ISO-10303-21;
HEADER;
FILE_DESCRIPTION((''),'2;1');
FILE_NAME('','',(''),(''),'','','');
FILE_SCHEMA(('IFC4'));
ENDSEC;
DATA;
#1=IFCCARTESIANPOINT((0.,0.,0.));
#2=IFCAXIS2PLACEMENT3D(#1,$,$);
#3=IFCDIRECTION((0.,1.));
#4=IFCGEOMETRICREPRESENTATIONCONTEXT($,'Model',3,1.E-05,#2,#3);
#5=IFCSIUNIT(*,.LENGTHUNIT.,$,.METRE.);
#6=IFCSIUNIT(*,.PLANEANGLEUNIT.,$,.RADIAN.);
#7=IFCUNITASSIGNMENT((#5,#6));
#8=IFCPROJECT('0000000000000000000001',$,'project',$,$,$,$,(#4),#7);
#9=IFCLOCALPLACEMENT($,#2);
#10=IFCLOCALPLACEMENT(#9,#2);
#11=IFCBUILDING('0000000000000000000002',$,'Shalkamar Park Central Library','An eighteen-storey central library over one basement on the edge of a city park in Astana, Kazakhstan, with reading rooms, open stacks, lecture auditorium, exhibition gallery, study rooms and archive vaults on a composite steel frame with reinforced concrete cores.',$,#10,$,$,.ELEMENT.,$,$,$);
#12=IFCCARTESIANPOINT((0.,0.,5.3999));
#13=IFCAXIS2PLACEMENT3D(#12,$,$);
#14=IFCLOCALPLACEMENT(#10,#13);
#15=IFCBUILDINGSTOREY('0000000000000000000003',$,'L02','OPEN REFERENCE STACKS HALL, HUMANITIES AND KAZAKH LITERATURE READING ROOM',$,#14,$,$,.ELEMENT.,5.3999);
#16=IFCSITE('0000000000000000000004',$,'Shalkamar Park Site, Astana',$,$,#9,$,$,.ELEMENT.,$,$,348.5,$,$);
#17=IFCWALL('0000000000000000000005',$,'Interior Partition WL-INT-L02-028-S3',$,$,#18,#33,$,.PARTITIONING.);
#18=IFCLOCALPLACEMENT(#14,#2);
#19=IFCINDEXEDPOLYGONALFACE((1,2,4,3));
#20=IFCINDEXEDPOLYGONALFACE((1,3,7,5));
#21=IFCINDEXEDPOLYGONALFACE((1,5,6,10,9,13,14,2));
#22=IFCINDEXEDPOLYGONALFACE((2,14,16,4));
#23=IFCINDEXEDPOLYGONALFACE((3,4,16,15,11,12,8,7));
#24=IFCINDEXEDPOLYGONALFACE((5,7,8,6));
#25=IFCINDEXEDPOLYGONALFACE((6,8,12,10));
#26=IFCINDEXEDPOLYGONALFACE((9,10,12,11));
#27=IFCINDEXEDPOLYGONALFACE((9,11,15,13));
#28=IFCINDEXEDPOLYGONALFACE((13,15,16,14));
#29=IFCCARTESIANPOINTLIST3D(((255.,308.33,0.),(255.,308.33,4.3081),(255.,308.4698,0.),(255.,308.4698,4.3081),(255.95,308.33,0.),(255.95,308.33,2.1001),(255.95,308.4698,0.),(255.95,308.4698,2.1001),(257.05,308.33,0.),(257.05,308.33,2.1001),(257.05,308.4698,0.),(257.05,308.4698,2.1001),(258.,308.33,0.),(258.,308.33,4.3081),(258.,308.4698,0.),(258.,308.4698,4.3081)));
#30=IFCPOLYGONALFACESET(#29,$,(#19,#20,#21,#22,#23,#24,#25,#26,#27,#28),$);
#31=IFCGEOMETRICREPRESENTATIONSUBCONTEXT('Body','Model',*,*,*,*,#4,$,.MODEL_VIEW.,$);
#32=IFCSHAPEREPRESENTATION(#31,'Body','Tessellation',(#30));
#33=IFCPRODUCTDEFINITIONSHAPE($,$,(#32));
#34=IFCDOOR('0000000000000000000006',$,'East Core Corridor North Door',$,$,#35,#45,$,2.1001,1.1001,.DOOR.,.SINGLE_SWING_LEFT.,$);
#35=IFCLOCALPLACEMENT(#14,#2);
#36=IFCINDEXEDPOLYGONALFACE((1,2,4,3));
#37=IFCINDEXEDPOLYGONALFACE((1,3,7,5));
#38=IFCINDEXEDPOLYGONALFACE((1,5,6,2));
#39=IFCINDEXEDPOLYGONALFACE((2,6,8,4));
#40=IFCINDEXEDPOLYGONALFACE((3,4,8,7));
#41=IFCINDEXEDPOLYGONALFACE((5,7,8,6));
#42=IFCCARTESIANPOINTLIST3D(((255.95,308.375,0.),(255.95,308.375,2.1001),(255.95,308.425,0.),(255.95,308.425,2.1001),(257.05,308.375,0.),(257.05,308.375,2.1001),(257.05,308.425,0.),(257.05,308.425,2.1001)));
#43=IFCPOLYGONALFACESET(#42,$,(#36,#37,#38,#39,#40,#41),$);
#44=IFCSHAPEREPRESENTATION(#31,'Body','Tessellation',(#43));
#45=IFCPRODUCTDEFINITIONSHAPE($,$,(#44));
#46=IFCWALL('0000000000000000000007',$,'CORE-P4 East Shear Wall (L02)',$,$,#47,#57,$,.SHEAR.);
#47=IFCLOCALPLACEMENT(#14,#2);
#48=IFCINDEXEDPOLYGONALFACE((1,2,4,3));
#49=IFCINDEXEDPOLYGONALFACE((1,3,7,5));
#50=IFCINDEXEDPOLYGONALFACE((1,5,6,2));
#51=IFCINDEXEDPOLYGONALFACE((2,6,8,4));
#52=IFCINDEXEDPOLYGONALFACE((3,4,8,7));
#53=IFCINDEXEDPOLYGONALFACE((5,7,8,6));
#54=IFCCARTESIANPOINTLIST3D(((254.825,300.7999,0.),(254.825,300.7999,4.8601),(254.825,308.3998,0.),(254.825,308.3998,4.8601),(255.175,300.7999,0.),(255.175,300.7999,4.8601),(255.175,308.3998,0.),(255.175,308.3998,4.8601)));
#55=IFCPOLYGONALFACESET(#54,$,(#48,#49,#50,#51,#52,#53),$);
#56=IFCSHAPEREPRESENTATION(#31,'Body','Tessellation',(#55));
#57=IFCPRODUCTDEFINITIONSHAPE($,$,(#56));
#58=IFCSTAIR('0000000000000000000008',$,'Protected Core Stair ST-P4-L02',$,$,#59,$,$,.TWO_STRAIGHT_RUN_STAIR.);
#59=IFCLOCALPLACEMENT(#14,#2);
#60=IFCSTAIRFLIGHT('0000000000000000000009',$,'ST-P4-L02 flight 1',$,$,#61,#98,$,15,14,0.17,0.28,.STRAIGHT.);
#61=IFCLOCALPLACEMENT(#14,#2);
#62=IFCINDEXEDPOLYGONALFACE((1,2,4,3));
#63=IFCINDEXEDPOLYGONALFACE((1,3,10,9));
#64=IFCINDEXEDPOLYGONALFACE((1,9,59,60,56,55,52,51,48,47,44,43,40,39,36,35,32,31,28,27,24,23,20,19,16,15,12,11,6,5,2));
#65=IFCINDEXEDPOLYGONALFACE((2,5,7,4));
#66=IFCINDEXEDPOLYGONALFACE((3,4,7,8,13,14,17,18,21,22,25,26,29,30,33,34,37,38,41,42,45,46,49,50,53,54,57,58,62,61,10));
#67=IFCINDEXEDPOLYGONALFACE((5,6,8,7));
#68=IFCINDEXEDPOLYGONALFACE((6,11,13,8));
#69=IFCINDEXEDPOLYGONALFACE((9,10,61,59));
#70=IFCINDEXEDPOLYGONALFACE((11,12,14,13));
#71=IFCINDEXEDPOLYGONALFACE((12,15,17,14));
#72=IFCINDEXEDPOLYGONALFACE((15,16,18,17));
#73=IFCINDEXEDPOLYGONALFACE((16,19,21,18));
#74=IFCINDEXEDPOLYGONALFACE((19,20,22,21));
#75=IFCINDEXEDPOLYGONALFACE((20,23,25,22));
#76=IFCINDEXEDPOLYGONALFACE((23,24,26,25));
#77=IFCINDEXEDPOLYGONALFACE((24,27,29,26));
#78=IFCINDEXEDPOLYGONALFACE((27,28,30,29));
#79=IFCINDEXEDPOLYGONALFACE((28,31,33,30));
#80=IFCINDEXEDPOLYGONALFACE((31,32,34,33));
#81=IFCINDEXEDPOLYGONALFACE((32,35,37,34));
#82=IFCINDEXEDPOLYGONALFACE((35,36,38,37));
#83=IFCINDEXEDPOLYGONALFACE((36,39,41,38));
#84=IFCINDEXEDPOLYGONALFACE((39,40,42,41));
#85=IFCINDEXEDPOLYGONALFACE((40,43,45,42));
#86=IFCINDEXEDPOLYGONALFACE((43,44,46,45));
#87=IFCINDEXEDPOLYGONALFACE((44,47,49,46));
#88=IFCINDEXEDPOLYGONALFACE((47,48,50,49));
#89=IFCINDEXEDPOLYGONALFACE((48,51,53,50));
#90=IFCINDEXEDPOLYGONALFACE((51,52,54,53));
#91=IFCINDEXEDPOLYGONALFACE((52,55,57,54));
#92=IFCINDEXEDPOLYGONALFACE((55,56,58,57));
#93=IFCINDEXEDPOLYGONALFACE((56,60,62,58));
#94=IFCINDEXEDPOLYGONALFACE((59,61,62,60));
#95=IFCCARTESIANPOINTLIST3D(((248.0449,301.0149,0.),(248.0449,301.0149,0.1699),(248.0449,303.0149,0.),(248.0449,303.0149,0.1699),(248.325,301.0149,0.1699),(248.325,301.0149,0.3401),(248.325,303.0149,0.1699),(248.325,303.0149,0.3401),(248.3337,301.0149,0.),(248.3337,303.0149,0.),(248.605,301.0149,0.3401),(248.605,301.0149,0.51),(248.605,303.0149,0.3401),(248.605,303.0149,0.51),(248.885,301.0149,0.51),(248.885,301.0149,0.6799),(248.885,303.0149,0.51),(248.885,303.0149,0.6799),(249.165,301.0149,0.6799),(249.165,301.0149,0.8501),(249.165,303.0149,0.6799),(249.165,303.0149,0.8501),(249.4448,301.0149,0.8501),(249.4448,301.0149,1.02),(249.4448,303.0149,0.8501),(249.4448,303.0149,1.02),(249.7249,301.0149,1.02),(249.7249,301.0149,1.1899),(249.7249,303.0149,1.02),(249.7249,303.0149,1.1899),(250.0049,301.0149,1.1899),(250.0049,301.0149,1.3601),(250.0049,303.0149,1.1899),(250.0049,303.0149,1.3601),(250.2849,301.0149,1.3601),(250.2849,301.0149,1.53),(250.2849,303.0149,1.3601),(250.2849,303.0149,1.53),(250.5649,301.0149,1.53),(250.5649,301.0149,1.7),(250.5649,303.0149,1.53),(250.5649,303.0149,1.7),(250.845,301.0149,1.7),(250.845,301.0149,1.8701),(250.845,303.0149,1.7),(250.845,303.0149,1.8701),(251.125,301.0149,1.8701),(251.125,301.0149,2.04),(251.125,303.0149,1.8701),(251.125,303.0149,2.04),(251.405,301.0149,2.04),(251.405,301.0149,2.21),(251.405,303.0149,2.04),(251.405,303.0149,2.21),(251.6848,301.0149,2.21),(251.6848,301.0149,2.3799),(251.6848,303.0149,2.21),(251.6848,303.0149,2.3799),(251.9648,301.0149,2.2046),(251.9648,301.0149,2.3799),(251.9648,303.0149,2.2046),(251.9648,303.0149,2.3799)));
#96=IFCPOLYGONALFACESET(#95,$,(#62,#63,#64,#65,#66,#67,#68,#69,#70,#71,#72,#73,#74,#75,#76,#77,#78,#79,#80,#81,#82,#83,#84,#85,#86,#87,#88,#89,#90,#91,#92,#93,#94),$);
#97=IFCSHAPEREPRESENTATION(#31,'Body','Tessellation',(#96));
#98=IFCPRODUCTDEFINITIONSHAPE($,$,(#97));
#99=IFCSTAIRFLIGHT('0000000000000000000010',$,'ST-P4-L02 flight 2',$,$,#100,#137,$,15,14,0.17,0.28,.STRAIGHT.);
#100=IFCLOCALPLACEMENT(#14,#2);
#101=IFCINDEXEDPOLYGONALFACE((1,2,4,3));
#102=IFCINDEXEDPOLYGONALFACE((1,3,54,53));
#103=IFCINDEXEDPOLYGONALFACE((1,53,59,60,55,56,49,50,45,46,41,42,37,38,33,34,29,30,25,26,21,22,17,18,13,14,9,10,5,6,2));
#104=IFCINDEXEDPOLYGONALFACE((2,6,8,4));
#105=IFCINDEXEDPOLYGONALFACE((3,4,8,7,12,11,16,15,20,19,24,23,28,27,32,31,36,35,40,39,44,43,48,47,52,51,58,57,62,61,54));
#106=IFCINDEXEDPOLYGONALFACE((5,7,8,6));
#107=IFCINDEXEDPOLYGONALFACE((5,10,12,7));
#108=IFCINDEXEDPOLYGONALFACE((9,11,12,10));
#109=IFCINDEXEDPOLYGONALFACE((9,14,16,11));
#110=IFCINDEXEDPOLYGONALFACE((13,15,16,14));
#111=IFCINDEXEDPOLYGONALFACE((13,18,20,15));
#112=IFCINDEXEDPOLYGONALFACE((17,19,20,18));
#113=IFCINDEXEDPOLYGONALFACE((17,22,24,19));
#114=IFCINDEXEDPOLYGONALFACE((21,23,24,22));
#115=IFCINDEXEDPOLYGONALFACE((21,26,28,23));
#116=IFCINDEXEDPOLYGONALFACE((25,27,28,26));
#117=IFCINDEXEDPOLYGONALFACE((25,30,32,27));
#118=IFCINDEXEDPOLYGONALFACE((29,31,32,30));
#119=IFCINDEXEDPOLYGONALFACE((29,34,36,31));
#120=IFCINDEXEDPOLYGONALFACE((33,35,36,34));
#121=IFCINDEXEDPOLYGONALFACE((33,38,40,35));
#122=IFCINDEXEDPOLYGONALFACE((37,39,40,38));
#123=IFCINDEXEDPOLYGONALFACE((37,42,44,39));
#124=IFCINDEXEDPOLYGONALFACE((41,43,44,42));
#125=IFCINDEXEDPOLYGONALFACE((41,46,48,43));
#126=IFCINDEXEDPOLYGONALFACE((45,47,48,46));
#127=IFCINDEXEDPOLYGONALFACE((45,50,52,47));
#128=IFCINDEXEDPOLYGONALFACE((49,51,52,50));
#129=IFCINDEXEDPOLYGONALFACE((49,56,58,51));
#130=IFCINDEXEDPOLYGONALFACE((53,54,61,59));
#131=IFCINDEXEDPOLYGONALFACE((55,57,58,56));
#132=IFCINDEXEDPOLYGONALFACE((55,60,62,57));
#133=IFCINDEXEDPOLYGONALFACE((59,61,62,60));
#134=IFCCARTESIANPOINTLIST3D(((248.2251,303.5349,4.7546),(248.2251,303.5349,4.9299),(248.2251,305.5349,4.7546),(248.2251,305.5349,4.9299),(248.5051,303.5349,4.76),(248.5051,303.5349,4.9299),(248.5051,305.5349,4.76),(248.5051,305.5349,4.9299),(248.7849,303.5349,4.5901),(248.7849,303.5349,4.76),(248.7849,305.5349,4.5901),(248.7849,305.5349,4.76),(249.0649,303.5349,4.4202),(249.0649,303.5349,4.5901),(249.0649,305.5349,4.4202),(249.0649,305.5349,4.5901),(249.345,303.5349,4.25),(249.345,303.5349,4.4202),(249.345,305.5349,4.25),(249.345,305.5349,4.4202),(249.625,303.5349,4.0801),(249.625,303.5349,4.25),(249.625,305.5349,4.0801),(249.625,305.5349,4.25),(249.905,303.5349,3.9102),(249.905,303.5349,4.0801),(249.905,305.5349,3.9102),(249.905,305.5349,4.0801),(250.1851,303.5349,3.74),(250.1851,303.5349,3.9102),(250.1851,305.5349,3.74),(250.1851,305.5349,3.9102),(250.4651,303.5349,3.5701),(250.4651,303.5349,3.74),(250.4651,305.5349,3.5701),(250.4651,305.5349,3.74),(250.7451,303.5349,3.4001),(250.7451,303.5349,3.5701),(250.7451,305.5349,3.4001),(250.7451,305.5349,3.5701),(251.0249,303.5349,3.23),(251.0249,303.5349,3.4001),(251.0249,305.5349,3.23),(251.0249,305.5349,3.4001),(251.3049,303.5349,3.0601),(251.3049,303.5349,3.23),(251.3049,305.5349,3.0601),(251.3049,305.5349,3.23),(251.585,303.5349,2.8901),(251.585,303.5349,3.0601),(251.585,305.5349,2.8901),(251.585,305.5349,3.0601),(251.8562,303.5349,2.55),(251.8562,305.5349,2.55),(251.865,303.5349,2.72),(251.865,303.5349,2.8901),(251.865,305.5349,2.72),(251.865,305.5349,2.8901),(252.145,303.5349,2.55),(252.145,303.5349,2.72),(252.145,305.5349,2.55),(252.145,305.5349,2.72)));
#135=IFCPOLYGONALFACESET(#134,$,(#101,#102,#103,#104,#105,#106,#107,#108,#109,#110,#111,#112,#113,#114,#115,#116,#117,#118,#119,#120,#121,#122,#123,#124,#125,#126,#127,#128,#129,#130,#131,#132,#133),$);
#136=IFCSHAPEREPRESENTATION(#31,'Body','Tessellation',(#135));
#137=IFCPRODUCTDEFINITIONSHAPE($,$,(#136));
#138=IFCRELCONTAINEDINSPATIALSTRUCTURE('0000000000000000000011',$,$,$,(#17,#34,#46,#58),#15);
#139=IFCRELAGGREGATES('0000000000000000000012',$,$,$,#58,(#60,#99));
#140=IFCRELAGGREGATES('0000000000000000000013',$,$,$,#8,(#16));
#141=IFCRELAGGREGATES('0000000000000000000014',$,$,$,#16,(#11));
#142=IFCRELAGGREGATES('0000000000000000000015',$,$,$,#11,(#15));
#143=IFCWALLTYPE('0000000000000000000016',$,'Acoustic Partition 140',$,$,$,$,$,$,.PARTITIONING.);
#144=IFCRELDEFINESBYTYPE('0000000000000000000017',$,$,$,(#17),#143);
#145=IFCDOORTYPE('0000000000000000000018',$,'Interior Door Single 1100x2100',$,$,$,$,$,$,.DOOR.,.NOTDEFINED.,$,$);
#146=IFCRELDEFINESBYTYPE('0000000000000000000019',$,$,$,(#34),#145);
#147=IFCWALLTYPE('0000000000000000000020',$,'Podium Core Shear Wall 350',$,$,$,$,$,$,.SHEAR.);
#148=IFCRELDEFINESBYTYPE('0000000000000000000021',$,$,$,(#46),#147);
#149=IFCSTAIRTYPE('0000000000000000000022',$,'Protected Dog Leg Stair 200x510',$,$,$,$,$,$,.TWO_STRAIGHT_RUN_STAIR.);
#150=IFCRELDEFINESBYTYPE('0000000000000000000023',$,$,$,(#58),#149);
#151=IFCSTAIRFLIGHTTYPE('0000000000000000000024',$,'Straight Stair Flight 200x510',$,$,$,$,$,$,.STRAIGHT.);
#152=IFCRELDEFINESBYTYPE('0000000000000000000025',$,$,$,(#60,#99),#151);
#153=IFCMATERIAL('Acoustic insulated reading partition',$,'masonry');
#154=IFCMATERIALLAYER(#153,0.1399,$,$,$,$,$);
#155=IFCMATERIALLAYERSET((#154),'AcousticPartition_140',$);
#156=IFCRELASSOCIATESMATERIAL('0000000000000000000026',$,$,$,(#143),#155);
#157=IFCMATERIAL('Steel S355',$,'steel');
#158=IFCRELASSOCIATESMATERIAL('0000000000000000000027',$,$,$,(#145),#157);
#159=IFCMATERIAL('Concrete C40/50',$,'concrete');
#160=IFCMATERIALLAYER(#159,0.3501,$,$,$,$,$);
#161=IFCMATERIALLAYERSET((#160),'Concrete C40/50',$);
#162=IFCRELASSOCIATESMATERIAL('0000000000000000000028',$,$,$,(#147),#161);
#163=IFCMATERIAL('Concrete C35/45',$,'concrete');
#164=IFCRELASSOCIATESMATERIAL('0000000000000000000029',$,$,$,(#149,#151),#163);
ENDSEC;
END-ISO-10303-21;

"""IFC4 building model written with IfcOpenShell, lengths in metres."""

from ifc_helpers import new_model, si_unit, direction, frame, frame_2d, origin, place, context, subcontext, project, spatial, polyline, rectangle, outline, extrude, material, layer, layer_set, type_object, element, fill, aggregate, save


model = new_model("IFC4")

# Units and contexts
model_context = context("Model", 3, precision=1e-05, world=origin(), true_north=direction((0.0, 1.0)))
body_context = subcontext(model_context, "Body", "Model", "MODEL_VIEW")
ifc_project = project(units=[si_unit("LENGTHUNIT", "METRE"), si_unit("PLANEANGLEUNIT", "RADIAN")], contexts=[model_context])

# Site, building, storey
site_placement = place(None, origin())
site = spatial("IfcSite", under=ifc_project, at=site_placement, Name="Shalkamar Park Site, Astana", CompositionType="ELEMENT", RefElevation=348.5)
building_placement = place(site_placement, origin())
building = spatial("IfcBuilding", under=site, at=building_placement, Name="Shalkamar Park Central Library", Description="An eighteen-storey central library over one basement on the edge of a city park in Astana, Kazakhstan, with reading rooms, open stacks, lecture auditorium, exhibition gallery, study rooms and archive vaults on a composite steel frame with reinforced concrete cores.", CompositionType="ELEMENT")
storey_placement = place(building_placement, frame((0.0, 0.0, 5.3999)))
storey = spatial("IfcBuildingStorey", under=building, at=storey_placement, Name="L02", Description="OPEN REFERENCE STACKS HALL, HUMANITIES AND KAZAKH LITERATURE READING ROOM", CompositionType="ELEMENT", Elevation=5.3999)

# Shared definitions
ifc_material_1 = material(Name="Steel S355", Category="steel")

# Wall, opening, door
ifc_material_2 = material(Name="Acoustic insulated reading partition", Category="masonry")
ifc_layer_1 = layer(ifc_material_2, 0.1399)
ifc_layer_set_1 = layer_set([ifc_layer_1], Name="AcousticPartition_140")
wall_type_1 = type_object("IfcWallType", Name="Acoustic Partition 140", PredefinedType="PARTITIONING", material=ifc_layer_set_1)
wall_1_placement = place(storey_placement, frame((255.0, 308.3999, 0.0), z_axis=(0.0, 0.0, 1.0), x_axis=(1.0, 0.0, 0.0)))
wall_1 = element("IfcWall", 1, at=wall_1_placement, inside=storey, type_object=wall_type_1, Name="Interior Partition WL-INT-L02-028-S3", PredefinedType="PARTITIONING", context=body_context, shape_type="SweptSolid", body=[
    extrude(rectangle(XDim=3.0, YDim=0.1399, at=frame_2d((1.5, 0.0))), origin(), (0.0, 0.0, 1.0), 4.3081),
])
opening_placement = place(wall_1_placement, frame((0.95, 0.0, 0.0)))
opening = element("IfcOpeningElement", 2, at=opening_placement, cuts=wall_1, PredefinedType="OPENING", context=body_context, shape_type="SweptSolid", body=[
    extrude(rectangle(XDim=1.1001, YDim=2.1001, at=frame_2d((0.55, 1.05))), frame((0.0, 0.085, 0.0), z_axis=(0.0, -1.0, 0.0), x_axis=(1.0, 0.0, 0.0)), (0.0, 0.0, 1.0), 0.1697),
])
door_type = type_object("IfcDoorType", Name="Interior Door Single 1100x2100", OperationType="NOTDEFINED", PredefinedType="DOOR", material=ifc_material_1)
door_placement = place(opening_placement, frame((1.1001, 0.0, 0.0), z_axis=(0.0, 0.0, 1.0), x_axis=(-1.0, 0.0, 0.0)))
door = element("IfcDoor", 3, at=door_placement, inside=storey, type_object=door_type, Name="East Core Corridor North Door", OperationType="SINGLE_SWING_LEFT", OverallHeight=2.1001, OverallWidth=1.1001, PredefinedType="DOOR", context=body_context, shape_type="SweptSolid", body=[
    extrude(rectangle(XDim=1.1001, YDim=2.1001, at=frame_2d((0.55, 1.05))), frame((0.0, 0.0249, 0.0), z_axis=(0.0, -1.0, 0.0), x_axis=(1.0, 0.0, 0.0)), (0.0, 0.0, 1.0), 0.05),
])
fill(opening, door)

# Wall
ifc_material_3 = material(Name="Concrete C40/50", Category="concrete")
ifc_layer_2 = layer(ifc_material_3, 0.3501)
ifc_layer_set_2 = layer_set([ifc_layer_2], Name="Concrete C40/50")
wall_type_2 = type_object("IfcWallType", Name="Podium Core Shear Wall 350", PredefinedType="SHEAR", material=ifc_layer_set_2)
wall_2_placement = place(storey_placement, frame((255.0, 300.8, 0.0), z_axis=(0.0, 0.0, 1.0), x_axis=(0.0, 1.0, 0.0)))
element("IfcWall", 4, at=wall_2_placement, inside=storey, type_object=wall_type_2, Name="CORE-P4 East Shear Wall (L02)", PredefinedType="SHEAR", context=body_context, shape_type="SweptSolid", body=[
    extrude(rectangle(XDim=7.5999, YDim=0.3501, at=frame_2d((3.7998, 0.0))), origin(), (0.0, 0.0, 1.0), 4.8601),
])

# Stair, stair flights
ifc_material_4 = material(Name="Concrete C35/45", Category="concrete")
stair_type = type_object("IfcStairType", Name="Protected Dog Leg Stair 200x510", PredefinedType="TWO_STRAIGHT_RUN_STAIR", material=ifc_material_4)
stair_placement = place(storey_placement, origin())
stair = element("IfcStair", 5, at=stair_placement, inside=storey, type_object=stair_type, Name="Protected Core Stair ST-P4-L02", PredefinedType="TWO_STRAIGHT_RUN_STAIR")
stair_flight_type = type_object("IfcStairFlightType", Name="Straight Stair Flight 200x510", PredefinedType="STRAIGHT", material=ifc_material_4)
stair_flight_1_placement = place(storey_placement, frame((248.0449, 302.0149, 0.0), z_axis=(0.0, 0.0, 1.0), x_axis=(1.0, 0.0, 0.0)))
stair_flight_1 = element("IfcStairFlight", 6, at=stair_flight_1_placement, type_object=stair_flight_type, Name="ST-P4-L02 flight 1", NumberOfRisers=15, NumberOfTreads=14, PredefinedType="STRAIGHT", RiserHeight=0.17, TreadLength=0.28, context=body_context, shape_type="SweptSolid", body=[
    extrude(outline(polyline([(0.0, 0.0), (0.0, 0.1699), (0.28, 0.1699), (0.28, 0.3401), (0.5601, 0.3401), (0.5601, 0.51), (0.8401, 0.51), (0.8401, 0.6799), (1.1201, 0.6799), (1.1201, 0.8501), (1.3999, 0.8501), (1.3999, 1.02), (1.6799, 1.02), (1.6799, 1.1899), (1.96, 1.1899), (1.96, 1.3601), (2.24, 1.3601), (2.24, 1.53), (2.52, 1.53), (2.52, 1.7), (2.8, 1.7), (2.8, 1.8701), (3.0801, 1.8701), (3.0801, 2.04), (3.3601, 2.04), (3.3601, 2.21), (3.6399, 2.21), (3.6399, 2.3799), (3.9199, 2.3799), (3.9199, 2.55), (3.9199, 2.2046), (0.2888, 0.0), (0.0, 0.0)])), frame((0.0, 1.0, 0.0), z_axis=(0.0, -1.0, 0.0), x_axis=(1.0, 0.0, 0.0)), (0.0, 0.0, 1.0), 2.0),
])
stair_flight_2_placement = place(storey_placement, frame((252.145, 304.5349, 2.55), z_axis=(0.0, 0.0, 1.0), x_axis=(-1.0, 0.0, 0.0)))
stair_flight_2 = element("IfcStairFlight", 7, at=stair_flight_2_placement, type_object=stair_flight_type, Name="ST-P4-L02 flight 2", NumberOfRisers=15, NumberOfTreads=14, PredefinedType="STRAIGHT", RiserHeight=0.17, TreadLength=0.28, context=body_context, shape_type="SweptSolid", body=[
    extrude(outline(polyline([(0.0, 0.0), (0.0, 0.1699), (0.28, 0.1699), (0.28, 0.3401), (0.5601, 0.3401), (0.5601, 0.51), (0.8401, 0.51), (0.8401, 0.6799), (1.1201, 0.6799), (1.1201, 0.8501), (1.3999, 0.8501), (1.3999, 1.02), (1.6799, 1.02), (1.6799, 1.1899), (1.96, 1.1899), (1.96, 1.3601), (2.24, 1.3601), (2.24, 1.53), (2.52, 1.53), (2.52, 1.7), (2.8, 1.7), (2.8, 1.8701), (3.0801, 1.8701), (3.0801, 2.04), (3.3601, 2.04), (3.3601, 2.21), (3.6399, 2.21), (3.6399, 2.3799), (3.9199, 2.3799), (3.9199, 2.55), (3.9199, 2.2046), (0.2888, 0.0), (0.0, 0.0)])), frame((0.0, 1.0, 0.0), z_axis=(0.0, -1.0, 0.0), x_axis=(1.0, 0.0, 0.0)), (0.0, 0.0, 1.0), 2.0),
])
aggregate(stair, [stair_flight_1, stair_flight_2])

save(model, "model.ifc")
